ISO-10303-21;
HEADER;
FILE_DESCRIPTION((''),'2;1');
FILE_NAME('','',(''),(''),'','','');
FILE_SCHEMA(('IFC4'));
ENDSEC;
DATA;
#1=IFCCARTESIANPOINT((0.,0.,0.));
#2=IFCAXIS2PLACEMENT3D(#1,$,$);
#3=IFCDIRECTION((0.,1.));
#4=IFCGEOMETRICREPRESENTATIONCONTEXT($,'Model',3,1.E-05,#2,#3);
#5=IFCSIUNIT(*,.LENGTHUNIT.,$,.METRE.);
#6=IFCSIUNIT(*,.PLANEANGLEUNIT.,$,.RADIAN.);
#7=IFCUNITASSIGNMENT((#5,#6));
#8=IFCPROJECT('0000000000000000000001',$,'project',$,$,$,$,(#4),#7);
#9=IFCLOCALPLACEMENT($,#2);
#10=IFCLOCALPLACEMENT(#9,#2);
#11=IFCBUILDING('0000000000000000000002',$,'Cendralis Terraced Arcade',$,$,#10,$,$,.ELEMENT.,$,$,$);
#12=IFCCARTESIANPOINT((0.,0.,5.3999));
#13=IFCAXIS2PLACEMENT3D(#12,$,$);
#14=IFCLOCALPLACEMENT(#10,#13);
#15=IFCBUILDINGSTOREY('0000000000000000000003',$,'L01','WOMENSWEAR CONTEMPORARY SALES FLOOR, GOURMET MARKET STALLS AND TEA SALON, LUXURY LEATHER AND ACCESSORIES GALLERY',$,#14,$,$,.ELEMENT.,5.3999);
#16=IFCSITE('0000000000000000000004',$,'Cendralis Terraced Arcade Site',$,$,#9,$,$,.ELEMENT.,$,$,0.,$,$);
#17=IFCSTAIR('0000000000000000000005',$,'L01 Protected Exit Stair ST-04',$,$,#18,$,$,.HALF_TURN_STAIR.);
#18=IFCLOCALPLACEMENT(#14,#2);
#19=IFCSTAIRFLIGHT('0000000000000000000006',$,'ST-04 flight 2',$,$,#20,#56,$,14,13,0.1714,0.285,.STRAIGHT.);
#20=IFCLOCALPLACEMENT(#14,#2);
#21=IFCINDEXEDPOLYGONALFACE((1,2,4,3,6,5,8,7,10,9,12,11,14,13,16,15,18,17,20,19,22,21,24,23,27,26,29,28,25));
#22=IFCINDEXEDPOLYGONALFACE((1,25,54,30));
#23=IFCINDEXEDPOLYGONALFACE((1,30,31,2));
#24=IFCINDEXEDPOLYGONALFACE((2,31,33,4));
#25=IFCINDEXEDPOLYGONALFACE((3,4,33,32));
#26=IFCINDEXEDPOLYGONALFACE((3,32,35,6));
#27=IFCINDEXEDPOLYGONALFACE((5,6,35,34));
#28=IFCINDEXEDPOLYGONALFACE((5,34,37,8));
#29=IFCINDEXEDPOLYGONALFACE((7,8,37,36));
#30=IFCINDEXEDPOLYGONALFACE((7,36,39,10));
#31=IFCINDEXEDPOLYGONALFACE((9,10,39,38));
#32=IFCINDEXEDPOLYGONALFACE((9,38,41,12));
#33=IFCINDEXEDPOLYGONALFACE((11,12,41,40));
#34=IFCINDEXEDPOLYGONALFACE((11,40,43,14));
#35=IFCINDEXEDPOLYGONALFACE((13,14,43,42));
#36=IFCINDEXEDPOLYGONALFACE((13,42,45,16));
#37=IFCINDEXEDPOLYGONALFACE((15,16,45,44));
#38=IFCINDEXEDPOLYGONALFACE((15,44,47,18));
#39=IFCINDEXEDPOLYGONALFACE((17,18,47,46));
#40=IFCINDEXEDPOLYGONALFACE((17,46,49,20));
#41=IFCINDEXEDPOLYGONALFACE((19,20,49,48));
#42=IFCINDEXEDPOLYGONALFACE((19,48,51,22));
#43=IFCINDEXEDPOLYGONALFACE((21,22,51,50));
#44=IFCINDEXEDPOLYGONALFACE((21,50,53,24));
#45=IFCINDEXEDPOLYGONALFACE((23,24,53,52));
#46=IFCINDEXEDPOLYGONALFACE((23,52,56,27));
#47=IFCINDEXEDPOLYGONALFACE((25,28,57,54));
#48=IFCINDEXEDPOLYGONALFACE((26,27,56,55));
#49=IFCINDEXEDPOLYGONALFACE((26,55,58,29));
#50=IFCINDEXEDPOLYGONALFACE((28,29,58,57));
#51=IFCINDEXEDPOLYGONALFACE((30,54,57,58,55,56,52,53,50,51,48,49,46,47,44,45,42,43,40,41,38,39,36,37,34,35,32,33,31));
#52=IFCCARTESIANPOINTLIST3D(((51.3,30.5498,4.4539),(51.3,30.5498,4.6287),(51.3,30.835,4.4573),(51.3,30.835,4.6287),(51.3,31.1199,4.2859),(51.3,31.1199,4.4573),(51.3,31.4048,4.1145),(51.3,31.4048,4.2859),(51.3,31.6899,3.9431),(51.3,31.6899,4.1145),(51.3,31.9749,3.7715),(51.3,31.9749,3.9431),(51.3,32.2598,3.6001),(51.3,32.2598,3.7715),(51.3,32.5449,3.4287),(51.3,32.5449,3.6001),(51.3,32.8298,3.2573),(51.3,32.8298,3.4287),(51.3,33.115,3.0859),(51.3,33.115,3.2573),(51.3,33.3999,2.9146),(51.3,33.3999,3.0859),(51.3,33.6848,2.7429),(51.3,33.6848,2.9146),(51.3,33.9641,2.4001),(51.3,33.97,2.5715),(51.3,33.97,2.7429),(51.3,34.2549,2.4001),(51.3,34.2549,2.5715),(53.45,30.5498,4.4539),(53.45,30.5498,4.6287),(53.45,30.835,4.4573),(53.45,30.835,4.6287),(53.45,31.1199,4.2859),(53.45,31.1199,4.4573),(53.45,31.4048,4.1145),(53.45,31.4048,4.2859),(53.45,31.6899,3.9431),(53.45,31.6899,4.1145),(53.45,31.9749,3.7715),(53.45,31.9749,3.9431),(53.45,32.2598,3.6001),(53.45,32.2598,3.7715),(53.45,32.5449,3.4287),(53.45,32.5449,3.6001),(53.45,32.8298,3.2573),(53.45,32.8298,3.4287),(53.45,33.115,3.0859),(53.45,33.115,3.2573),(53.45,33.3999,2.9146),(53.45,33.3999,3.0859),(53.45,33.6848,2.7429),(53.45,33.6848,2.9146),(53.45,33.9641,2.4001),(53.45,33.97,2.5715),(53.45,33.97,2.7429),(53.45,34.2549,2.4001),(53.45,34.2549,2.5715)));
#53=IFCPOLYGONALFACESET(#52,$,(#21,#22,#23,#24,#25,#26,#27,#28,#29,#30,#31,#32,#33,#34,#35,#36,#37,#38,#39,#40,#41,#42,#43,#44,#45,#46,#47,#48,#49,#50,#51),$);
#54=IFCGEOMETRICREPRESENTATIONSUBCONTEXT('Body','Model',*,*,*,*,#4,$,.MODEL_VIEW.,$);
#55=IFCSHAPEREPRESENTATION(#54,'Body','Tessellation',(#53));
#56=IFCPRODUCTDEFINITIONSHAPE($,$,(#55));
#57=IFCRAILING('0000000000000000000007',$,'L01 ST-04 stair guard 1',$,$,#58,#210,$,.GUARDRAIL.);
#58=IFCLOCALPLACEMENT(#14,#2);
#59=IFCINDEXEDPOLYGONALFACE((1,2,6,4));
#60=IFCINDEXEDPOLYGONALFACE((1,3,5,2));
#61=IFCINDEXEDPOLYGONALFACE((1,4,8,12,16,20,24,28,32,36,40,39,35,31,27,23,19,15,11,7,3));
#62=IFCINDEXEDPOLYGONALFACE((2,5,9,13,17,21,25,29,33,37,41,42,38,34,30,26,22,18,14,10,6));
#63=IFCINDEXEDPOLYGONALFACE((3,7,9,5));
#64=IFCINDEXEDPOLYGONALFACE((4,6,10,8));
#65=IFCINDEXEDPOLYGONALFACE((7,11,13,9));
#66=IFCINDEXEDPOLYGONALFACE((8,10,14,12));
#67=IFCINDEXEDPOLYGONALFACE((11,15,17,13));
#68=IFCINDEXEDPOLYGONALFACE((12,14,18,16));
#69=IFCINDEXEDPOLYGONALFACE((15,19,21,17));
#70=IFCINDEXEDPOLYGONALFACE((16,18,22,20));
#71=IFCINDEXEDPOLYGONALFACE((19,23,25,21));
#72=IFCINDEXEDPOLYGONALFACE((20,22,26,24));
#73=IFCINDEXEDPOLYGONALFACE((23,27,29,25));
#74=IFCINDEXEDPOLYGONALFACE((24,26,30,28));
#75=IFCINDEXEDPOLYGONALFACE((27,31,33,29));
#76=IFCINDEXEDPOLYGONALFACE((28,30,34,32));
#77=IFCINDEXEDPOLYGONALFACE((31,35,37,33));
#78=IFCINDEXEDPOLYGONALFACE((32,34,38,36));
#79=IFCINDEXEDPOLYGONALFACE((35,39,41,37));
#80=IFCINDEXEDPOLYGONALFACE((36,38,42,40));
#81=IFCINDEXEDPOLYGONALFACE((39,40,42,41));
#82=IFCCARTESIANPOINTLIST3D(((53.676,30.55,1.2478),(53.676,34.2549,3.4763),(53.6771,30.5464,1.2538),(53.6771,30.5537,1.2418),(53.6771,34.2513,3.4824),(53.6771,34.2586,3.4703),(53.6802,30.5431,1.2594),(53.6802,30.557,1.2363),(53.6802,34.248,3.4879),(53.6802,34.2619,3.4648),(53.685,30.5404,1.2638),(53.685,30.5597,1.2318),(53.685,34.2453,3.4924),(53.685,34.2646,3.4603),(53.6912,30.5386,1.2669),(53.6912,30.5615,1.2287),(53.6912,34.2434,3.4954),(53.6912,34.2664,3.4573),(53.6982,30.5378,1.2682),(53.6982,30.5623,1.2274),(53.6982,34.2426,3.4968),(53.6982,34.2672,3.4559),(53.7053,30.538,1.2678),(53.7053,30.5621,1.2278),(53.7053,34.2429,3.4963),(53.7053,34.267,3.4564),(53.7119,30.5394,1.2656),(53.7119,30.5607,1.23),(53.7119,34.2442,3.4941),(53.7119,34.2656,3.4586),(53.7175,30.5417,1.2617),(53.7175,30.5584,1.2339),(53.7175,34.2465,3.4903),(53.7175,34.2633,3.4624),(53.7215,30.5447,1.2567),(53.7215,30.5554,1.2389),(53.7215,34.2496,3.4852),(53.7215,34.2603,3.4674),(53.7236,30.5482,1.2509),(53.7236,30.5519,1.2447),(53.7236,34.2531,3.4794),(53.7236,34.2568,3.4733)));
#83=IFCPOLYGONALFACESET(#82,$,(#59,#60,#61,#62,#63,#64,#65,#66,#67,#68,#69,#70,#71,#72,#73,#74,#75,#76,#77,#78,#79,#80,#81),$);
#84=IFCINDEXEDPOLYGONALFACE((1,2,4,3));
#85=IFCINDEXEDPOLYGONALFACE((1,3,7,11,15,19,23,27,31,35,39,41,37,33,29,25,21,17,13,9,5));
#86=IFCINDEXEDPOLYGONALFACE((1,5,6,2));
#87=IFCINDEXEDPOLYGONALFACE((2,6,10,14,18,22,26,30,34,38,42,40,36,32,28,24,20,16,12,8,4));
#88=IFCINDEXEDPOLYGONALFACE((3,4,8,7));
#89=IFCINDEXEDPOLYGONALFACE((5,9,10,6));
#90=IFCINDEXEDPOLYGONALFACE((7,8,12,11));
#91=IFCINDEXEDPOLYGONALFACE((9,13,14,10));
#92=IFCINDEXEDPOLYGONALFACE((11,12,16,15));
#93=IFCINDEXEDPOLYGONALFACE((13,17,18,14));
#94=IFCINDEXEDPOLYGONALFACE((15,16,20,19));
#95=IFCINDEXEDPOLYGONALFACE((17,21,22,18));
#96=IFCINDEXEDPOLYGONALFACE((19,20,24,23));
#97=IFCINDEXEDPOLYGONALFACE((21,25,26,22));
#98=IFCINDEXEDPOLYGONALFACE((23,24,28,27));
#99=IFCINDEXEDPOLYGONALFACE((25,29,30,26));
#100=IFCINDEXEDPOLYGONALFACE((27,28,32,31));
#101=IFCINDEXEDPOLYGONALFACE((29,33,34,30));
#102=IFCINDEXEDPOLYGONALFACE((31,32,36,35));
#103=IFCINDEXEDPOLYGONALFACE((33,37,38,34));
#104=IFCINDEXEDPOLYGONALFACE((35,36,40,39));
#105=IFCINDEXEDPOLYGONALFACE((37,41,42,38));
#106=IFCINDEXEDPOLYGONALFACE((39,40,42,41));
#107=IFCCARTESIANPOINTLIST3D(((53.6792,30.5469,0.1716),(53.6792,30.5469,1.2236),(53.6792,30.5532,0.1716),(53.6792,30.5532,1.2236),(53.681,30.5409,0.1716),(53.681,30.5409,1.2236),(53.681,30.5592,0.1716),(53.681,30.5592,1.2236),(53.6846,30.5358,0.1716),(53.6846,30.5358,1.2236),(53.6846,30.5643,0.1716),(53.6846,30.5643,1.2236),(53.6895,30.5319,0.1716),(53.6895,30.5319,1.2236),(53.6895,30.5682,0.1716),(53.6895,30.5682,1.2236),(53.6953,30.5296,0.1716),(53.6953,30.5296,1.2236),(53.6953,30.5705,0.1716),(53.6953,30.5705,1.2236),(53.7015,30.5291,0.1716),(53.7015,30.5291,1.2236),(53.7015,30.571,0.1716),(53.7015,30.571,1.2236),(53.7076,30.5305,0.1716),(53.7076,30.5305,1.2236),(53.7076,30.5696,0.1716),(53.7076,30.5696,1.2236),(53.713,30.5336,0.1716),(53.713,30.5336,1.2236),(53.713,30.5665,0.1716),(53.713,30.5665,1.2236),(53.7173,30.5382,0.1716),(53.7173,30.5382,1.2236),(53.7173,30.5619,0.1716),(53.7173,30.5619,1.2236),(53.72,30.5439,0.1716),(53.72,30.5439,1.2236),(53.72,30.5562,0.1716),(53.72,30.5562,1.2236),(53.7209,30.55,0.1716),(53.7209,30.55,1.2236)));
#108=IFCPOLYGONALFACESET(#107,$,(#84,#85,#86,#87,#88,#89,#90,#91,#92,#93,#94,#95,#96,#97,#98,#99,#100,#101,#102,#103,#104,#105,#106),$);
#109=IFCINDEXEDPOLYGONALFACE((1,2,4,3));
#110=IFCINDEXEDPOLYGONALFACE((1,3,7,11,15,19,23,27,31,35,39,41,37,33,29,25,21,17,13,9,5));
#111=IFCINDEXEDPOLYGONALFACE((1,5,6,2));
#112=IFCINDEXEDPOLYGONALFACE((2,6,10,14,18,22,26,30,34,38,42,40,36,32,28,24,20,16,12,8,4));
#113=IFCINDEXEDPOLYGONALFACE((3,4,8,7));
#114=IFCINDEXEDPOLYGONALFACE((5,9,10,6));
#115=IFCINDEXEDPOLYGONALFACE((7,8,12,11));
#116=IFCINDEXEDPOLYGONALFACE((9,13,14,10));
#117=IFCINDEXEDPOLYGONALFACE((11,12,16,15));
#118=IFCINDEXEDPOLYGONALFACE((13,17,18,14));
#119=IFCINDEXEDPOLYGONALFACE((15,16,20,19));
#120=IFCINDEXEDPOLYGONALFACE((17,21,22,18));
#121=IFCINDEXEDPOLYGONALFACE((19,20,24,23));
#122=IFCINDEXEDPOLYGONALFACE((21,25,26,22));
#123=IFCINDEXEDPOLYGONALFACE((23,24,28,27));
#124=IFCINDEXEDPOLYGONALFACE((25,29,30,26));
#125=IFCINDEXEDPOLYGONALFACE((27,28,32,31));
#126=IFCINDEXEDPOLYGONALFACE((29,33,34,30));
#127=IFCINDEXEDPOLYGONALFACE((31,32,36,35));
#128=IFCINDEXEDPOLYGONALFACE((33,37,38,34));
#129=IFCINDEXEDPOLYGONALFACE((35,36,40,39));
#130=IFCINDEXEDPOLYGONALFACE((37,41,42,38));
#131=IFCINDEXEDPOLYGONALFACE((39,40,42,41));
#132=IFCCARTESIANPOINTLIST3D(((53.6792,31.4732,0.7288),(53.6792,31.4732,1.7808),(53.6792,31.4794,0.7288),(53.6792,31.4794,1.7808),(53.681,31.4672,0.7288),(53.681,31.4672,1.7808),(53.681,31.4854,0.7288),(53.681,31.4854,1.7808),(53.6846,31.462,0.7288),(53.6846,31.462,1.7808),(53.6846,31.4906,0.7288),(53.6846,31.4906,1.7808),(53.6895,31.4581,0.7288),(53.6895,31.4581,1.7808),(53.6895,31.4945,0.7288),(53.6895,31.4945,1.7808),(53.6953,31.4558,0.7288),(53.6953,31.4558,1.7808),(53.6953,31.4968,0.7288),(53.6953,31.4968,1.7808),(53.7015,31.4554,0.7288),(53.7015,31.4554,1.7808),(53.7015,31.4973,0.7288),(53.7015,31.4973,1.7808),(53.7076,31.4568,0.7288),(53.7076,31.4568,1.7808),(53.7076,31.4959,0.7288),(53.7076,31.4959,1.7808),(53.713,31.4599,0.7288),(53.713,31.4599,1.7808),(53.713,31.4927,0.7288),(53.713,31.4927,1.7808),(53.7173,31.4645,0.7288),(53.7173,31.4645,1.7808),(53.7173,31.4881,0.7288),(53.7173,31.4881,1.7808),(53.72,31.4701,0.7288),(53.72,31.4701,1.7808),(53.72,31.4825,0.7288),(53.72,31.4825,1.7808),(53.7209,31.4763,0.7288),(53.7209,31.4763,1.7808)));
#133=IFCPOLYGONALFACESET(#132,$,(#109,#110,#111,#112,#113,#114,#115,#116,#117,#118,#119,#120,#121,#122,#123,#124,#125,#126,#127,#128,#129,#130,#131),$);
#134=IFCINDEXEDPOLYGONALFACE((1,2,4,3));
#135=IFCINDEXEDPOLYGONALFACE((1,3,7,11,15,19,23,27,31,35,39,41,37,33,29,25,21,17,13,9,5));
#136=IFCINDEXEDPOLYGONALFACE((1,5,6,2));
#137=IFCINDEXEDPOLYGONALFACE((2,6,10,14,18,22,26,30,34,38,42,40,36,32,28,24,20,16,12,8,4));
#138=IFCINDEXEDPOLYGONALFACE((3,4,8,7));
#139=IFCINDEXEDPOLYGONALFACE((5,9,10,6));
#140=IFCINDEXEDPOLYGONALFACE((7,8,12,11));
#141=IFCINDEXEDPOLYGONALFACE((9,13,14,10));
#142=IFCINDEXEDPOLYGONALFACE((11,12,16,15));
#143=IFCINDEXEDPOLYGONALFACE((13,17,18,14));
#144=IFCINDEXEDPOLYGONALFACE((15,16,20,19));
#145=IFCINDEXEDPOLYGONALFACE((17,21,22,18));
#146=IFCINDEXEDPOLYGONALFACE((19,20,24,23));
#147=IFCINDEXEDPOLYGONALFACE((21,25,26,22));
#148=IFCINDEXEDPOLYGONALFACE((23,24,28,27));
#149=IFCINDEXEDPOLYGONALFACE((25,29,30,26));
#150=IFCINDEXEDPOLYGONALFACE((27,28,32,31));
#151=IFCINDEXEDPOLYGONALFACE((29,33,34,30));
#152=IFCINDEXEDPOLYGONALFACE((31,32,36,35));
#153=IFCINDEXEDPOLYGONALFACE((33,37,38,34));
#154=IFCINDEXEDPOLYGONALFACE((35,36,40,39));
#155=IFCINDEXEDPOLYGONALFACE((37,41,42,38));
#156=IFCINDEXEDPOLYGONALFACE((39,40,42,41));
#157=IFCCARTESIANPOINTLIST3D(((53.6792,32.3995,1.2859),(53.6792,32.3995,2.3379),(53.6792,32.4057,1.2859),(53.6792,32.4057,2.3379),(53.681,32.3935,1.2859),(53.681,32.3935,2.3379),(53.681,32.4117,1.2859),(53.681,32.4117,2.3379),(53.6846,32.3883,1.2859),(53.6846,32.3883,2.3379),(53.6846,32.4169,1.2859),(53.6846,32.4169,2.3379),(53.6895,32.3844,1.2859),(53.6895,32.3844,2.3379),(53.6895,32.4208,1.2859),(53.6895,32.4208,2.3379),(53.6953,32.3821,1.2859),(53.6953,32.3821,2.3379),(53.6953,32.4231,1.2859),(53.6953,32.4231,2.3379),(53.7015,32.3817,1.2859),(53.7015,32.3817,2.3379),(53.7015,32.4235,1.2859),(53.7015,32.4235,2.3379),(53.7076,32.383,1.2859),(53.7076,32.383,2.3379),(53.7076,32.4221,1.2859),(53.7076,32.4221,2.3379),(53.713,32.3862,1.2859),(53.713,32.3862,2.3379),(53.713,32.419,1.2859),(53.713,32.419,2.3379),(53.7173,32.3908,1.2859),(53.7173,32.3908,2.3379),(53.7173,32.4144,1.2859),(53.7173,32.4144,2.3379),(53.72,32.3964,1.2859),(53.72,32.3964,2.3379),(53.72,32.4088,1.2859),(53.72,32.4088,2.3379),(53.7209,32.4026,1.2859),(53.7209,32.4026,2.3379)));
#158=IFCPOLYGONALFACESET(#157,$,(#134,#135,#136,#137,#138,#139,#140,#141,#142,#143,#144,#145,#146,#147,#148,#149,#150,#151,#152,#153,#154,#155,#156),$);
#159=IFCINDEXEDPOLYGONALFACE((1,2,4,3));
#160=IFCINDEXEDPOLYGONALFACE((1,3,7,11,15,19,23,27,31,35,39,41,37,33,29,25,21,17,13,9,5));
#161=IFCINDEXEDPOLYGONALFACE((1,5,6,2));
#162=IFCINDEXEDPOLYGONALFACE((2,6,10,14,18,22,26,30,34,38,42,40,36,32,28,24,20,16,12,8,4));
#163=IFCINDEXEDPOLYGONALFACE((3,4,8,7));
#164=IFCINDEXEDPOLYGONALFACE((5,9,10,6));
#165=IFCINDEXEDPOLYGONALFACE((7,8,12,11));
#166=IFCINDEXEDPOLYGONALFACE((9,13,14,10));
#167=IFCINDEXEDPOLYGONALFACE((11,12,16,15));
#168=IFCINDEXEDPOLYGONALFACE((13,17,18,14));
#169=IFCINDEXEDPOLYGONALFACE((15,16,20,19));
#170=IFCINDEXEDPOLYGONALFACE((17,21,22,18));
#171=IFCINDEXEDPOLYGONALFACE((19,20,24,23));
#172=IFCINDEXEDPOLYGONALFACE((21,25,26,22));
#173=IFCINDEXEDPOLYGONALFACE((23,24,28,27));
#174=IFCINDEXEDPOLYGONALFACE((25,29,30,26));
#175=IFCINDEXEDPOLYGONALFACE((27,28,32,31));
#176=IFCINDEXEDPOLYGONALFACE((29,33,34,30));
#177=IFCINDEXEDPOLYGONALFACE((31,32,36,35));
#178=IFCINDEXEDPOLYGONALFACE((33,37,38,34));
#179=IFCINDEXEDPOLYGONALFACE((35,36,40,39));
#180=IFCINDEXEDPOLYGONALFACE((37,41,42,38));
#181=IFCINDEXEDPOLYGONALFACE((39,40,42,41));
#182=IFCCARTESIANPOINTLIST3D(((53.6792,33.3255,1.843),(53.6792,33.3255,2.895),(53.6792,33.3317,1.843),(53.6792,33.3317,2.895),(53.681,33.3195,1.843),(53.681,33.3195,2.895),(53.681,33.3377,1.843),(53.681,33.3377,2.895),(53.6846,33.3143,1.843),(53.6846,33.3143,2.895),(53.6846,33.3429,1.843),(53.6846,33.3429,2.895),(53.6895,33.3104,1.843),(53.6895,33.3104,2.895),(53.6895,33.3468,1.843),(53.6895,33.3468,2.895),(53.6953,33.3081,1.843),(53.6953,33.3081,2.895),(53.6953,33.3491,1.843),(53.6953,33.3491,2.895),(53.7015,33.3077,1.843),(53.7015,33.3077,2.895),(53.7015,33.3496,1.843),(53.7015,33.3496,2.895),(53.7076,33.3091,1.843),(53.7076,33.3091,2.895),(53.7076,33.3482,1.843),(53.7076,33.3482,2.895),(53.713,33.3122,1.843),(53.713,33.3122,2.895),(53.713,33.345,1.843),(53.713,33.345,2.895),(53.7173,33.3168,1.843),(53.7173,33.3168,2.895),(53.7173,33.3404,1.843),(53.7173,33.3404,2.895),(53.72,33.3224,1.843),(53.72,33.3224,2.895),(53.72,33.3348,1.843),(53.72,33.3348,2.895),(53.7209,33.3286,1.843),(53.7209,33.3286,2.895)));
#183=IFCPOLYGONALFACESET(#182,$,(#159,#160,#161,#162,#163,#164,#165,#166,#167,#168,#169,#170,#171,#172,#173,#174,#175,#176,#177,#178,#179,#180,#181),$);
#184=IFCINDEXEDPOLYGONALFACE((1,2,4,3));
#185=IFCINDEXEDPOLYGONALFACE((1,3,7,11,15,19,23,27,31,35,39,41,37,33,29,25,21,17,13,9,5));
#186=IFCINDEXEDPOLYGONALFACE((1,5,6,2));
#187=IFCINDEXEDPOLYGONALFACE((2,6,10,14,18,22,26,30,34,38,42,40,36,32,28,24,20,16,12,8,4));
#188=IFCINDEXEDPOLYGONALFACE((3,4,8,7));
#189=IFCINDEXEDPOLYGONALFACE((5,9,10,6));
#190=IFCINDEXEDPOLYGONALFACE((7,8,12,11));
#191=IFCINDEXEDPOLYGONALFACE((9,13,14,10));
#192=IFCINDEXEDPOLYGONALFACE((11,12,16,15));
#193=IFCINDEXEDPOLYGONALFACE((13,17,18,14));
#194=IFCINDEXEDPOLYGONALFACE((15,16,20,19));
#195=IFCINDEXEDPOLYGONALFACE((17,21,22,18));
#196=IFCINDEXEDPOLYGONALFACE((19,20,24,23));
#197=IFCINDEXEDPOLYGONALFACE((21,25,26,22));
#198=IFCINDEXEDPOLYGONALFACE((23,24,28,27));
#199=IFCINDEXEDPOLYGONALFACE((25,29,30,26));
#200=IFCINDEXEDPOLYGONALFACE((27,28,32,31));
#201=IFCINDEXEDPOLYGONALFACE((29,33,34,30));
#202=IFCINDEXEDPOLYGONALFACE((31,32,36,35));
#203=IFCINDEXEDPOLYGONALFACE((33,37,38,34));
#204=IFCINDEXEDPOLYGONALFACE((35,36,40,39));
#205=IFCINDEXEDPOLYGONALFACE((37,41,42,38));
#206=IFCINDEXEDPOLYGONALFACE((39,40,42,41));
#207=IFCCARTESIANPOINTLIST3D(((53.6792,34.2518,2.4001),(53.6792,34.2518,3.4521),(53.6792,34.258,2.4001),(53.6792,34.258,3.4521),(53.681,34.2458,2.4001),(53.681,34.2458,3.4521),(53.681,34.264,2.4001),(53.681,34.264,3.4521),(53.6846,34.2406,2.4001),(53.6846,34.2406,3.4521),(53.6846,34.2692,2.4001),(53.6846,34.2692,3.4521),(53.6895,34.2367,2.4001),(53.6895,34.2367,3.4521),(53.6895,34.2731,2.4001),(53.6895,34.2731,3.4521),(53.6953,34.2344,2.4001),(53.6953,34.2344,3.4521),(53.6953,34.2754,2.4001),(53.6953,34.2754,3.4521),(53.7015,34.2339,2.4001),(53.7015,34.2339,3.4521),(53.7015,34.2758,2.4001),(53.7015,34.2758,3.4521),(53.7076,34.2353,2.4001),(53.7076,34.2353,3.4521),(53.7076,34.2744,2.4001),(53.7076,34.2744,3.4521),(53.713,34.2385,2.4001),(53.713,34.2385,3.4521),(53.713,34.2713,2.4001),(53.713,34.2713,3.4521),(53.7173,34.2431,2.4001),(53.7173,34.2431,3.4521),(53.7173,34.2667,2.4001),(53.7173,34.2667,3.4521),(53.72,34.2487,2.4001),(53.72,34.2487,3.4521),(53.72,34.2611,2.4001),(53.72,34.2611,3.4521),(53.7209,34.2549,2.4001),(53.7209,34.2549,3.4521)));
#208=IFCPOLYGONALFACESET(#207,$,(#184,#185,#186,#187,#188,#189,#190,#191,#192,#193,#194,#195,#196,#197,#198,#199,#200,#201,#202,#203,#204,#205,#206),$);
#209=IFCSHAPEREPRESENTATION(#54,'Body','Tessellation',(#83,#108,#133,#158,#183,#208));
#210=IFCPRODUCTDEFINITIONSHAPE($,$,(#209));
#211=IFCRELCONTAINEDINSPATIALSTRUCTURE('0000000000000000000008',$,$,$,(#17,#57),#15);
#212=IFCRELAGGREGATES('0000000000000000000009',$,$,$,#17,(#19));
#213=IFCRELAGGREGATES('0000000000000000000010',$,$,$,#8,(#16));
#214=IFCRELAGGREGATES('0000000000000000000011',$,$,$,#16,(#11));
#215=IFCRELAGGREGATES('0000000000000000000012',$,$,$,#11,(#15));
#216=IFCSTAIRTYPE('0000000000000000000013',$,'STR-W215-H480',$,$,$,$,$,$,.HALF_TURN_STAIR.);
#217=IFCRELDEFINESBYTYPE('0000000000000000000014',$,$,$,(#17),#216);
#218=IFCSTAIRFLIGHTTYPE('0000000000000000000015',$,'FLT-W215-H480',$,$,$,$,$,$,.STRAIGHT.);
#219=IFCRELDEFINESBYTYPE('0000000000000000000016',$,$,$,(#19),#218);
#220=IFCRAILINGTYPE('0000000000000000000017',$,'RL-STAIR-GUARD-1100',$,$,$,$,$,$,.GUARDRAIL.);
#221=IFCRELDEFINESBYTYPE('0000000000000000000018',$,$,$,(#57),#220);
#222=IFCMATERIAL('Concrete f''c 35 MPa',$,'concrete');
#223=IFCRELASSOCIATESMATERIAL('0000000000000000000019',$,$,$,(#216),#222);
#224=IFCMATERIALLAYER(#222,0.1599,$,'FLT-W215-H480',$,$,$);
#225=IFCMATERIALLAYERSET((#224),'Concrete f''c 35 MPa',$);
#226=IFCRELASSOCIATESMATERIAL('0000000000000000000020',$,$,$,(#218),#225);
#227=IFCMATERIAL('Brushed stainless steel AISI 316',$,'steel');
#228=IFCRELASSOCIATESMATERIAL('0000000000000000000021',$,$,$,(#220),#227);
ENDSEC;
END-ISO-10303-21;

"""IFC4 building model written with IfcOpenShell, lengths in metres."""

from ifc_helpers import new_model, si_unit, direction, frame, origin, origin_2d, place, context, subcontext, project, spatial, polyline, circle, outline, extrude, material, layer, layer_set, type_object, element, aggregate, save


model = new_model("IFC4")

# Units and contexts
model_context = context("Model", 3, precision=1e-05, world=origin(), true_north=direction((0.0, 1.0)))
body_context = subcontext(model_context, "Body", "Model", "MODEL_VIEW")
ifc_project = project(units=[si_unit("LENGTHUNIT", "METRE"), si_unit("PLANEANGLEUNIT", "RADIAN")], contexts=[model_context])

# Site, building, storey
site_placement = place(None, origin())
site = spatial("IfcSite", under=ifc_project, at=site_placement, Name="Cendralis Terraced Arcade Site", CompositionType="ELEMENT", RefElevation=0.0)
building_placement = place(site_placement, origin())
building = spatial("IfcBuilding", under=site, at=building_placement, Name="Cendralis Terraced Arcade", CompositionType="ELEMENT")
storey_placement = place(building_placement, frame((0.0, 0.0, 5.3999)))
storey = spatial("IfcBuildingStorey", under=building, at=storey_placement, Name="L01", Description="WOMENSWEAR CONTEMPORARY SALES FLOOR, GOURMET MARKET STALLS AND TEA SALON, LUXURY LEATHER AND ACCESSORIES GALLERY", CompositionType="ELEMENT", Elevation=5.3999)

# Shared definitions
ifc_material_1 = material(Name="Concrete f'c 35 MPa", Category="concrete")

# Stair, stair flight
stair_type = type_object("IfcStairType", Name="STR-W215-H480", PredefinedType="HALF_TURN_STAIR", material=ifc_material_1)
stair_placement = place(storey_placement, origin())
stair = element("IfcStair", 1, at=stair_placement, inside=storey, type_object=stair_type, Name="L01 Protected Exit Stair ST-04", PredefinedType="HALF_TURN_STAIR")
ifc_layer_1 = layer(ifc_material_1, 0.1599, Name="FLT-W215-H480")
ifc_layer_set_1 = layer_set([ifc_layer_1], Name="Concrete f'c 35 MPa")
stair_flight_type = type_object("IfcStairFlightType", Name="FLT-W215-H480", PredefinedType="STRAIGHT", material=ifc_layer_set_1)
stair_flight_1_placement = place(storey_placement, frame((52.375, 34.2549, 2.4001), z_axis=(0.0, 0.0, 1.0), x_axis=(0.0, -1.0, 0.0)))
stair_flight_1 = element("IfcStairFlight", 2, at=stair_flight_1_placement, type_object=stair_flight_type, Name="ST-04 flight 2", NumberOfRisers=14, NumberOfTreads=13, PredefinedType="STRAIGHT", RiserHeight=0.1714, TreadLength=0.285, context=body_context, shape_type="SweptSolid", body=[
    extrude(outline(polyline([(0.0, 0.0), (0.0, 0.1714), (0.2849, 0.1714), (0.2849, 0.3428), (0.5701, 0.3428), (0.5701, 0.5144), (0.855, 0.5144), (0.855, 0.6858), (1.1399, 0.6858), (1.1399, 0.8572), (1.425, 0.8572), (1.425, 1.0286), (1.71, 1.0286), (1.71, 1.2), (1.9951, 1.2), (1.9951, 1.3713), (2.28, 1.3713), (2.28, 1.543), (2.5649, 1.543), (2.5649, 1.7144), (2.8501, 1.7144), (2.8501, 1.8857), (3.135, 1.8857), (3.135, 2.0571), (3.4199, 2.0571), (3.4199, 2.2285), (3.7051, 2.2285), (3.7051, 2.3999), (3.7051, 2.0537), (0.2908, 0.0), (0.0, 0.0)])), frame((0.0, 1.075, 0.0), z_axis=(0.0, -1.0, 0.0), x_axis=(1.0, 0.0, 0.0)), (0.0, 0.0, 1.0), 2.1499),
])
aggregate(stair, [stair_flight_1])

# Railing
ifc_material_2 = material(Name="Brushed stainless steel AISI 316", Category="steel")
railing_type_1 = type_object("IfcRailingType", Name="RL-STAIR-GUARD-1100", PredefinedType="GUARDRAIL", material=ifc_material_2)
railing_1_placement = place(storey_placement, frame((53.7, 30.55, 0.1716)))
element("IfcRailing", 3, at=railing_1_placement, inside=storey, type_object=railing_type_1, Name="L01 ST-04 stair guard 1", PredefinedType="GUARDRAIL", context=body_context, shape_type="SweptSolid", body=[
    extrude(circle(Radius=0.0239, at=origin_2d()), frame((0.0, 0.0, 1.0762), z_axis=(0.0, 0.856919, 0.51545), x_axis=(-1.0, 0.0, 0.0)), (0.0, 0.0, 1.0), 4.3235),
    extrude(circle(Radius=0.021, at=origin_2d()), origin(), (0.0, 0.0, 1.0), 1.052),
    extrude(circle(Radius=0.021, at=origin_2d()), frame((0.0, 0.9263, 0.5571)), (0.0, 0.0, 1.0), 1.052),
    extrude(circle(Radius=0.021, at=origin_2d()), frame((0.0, 1.8525, 1.1143)), (0.0, 0.0, 1.0), 1.052),
    extrude(circle(Radius=0.021, at=origin_2d()), frame((0.0, 2.7786, 1.6714)), (0.0, 0.0, 1.0), 1.052),
    extrude(circle(Radius=0.021, at=origin_2d()), frame((0.0, 3.7048, 2.2285)), (0.0, 0.0, 1.0), 1.052),
])

save(model, "model.ifc")
